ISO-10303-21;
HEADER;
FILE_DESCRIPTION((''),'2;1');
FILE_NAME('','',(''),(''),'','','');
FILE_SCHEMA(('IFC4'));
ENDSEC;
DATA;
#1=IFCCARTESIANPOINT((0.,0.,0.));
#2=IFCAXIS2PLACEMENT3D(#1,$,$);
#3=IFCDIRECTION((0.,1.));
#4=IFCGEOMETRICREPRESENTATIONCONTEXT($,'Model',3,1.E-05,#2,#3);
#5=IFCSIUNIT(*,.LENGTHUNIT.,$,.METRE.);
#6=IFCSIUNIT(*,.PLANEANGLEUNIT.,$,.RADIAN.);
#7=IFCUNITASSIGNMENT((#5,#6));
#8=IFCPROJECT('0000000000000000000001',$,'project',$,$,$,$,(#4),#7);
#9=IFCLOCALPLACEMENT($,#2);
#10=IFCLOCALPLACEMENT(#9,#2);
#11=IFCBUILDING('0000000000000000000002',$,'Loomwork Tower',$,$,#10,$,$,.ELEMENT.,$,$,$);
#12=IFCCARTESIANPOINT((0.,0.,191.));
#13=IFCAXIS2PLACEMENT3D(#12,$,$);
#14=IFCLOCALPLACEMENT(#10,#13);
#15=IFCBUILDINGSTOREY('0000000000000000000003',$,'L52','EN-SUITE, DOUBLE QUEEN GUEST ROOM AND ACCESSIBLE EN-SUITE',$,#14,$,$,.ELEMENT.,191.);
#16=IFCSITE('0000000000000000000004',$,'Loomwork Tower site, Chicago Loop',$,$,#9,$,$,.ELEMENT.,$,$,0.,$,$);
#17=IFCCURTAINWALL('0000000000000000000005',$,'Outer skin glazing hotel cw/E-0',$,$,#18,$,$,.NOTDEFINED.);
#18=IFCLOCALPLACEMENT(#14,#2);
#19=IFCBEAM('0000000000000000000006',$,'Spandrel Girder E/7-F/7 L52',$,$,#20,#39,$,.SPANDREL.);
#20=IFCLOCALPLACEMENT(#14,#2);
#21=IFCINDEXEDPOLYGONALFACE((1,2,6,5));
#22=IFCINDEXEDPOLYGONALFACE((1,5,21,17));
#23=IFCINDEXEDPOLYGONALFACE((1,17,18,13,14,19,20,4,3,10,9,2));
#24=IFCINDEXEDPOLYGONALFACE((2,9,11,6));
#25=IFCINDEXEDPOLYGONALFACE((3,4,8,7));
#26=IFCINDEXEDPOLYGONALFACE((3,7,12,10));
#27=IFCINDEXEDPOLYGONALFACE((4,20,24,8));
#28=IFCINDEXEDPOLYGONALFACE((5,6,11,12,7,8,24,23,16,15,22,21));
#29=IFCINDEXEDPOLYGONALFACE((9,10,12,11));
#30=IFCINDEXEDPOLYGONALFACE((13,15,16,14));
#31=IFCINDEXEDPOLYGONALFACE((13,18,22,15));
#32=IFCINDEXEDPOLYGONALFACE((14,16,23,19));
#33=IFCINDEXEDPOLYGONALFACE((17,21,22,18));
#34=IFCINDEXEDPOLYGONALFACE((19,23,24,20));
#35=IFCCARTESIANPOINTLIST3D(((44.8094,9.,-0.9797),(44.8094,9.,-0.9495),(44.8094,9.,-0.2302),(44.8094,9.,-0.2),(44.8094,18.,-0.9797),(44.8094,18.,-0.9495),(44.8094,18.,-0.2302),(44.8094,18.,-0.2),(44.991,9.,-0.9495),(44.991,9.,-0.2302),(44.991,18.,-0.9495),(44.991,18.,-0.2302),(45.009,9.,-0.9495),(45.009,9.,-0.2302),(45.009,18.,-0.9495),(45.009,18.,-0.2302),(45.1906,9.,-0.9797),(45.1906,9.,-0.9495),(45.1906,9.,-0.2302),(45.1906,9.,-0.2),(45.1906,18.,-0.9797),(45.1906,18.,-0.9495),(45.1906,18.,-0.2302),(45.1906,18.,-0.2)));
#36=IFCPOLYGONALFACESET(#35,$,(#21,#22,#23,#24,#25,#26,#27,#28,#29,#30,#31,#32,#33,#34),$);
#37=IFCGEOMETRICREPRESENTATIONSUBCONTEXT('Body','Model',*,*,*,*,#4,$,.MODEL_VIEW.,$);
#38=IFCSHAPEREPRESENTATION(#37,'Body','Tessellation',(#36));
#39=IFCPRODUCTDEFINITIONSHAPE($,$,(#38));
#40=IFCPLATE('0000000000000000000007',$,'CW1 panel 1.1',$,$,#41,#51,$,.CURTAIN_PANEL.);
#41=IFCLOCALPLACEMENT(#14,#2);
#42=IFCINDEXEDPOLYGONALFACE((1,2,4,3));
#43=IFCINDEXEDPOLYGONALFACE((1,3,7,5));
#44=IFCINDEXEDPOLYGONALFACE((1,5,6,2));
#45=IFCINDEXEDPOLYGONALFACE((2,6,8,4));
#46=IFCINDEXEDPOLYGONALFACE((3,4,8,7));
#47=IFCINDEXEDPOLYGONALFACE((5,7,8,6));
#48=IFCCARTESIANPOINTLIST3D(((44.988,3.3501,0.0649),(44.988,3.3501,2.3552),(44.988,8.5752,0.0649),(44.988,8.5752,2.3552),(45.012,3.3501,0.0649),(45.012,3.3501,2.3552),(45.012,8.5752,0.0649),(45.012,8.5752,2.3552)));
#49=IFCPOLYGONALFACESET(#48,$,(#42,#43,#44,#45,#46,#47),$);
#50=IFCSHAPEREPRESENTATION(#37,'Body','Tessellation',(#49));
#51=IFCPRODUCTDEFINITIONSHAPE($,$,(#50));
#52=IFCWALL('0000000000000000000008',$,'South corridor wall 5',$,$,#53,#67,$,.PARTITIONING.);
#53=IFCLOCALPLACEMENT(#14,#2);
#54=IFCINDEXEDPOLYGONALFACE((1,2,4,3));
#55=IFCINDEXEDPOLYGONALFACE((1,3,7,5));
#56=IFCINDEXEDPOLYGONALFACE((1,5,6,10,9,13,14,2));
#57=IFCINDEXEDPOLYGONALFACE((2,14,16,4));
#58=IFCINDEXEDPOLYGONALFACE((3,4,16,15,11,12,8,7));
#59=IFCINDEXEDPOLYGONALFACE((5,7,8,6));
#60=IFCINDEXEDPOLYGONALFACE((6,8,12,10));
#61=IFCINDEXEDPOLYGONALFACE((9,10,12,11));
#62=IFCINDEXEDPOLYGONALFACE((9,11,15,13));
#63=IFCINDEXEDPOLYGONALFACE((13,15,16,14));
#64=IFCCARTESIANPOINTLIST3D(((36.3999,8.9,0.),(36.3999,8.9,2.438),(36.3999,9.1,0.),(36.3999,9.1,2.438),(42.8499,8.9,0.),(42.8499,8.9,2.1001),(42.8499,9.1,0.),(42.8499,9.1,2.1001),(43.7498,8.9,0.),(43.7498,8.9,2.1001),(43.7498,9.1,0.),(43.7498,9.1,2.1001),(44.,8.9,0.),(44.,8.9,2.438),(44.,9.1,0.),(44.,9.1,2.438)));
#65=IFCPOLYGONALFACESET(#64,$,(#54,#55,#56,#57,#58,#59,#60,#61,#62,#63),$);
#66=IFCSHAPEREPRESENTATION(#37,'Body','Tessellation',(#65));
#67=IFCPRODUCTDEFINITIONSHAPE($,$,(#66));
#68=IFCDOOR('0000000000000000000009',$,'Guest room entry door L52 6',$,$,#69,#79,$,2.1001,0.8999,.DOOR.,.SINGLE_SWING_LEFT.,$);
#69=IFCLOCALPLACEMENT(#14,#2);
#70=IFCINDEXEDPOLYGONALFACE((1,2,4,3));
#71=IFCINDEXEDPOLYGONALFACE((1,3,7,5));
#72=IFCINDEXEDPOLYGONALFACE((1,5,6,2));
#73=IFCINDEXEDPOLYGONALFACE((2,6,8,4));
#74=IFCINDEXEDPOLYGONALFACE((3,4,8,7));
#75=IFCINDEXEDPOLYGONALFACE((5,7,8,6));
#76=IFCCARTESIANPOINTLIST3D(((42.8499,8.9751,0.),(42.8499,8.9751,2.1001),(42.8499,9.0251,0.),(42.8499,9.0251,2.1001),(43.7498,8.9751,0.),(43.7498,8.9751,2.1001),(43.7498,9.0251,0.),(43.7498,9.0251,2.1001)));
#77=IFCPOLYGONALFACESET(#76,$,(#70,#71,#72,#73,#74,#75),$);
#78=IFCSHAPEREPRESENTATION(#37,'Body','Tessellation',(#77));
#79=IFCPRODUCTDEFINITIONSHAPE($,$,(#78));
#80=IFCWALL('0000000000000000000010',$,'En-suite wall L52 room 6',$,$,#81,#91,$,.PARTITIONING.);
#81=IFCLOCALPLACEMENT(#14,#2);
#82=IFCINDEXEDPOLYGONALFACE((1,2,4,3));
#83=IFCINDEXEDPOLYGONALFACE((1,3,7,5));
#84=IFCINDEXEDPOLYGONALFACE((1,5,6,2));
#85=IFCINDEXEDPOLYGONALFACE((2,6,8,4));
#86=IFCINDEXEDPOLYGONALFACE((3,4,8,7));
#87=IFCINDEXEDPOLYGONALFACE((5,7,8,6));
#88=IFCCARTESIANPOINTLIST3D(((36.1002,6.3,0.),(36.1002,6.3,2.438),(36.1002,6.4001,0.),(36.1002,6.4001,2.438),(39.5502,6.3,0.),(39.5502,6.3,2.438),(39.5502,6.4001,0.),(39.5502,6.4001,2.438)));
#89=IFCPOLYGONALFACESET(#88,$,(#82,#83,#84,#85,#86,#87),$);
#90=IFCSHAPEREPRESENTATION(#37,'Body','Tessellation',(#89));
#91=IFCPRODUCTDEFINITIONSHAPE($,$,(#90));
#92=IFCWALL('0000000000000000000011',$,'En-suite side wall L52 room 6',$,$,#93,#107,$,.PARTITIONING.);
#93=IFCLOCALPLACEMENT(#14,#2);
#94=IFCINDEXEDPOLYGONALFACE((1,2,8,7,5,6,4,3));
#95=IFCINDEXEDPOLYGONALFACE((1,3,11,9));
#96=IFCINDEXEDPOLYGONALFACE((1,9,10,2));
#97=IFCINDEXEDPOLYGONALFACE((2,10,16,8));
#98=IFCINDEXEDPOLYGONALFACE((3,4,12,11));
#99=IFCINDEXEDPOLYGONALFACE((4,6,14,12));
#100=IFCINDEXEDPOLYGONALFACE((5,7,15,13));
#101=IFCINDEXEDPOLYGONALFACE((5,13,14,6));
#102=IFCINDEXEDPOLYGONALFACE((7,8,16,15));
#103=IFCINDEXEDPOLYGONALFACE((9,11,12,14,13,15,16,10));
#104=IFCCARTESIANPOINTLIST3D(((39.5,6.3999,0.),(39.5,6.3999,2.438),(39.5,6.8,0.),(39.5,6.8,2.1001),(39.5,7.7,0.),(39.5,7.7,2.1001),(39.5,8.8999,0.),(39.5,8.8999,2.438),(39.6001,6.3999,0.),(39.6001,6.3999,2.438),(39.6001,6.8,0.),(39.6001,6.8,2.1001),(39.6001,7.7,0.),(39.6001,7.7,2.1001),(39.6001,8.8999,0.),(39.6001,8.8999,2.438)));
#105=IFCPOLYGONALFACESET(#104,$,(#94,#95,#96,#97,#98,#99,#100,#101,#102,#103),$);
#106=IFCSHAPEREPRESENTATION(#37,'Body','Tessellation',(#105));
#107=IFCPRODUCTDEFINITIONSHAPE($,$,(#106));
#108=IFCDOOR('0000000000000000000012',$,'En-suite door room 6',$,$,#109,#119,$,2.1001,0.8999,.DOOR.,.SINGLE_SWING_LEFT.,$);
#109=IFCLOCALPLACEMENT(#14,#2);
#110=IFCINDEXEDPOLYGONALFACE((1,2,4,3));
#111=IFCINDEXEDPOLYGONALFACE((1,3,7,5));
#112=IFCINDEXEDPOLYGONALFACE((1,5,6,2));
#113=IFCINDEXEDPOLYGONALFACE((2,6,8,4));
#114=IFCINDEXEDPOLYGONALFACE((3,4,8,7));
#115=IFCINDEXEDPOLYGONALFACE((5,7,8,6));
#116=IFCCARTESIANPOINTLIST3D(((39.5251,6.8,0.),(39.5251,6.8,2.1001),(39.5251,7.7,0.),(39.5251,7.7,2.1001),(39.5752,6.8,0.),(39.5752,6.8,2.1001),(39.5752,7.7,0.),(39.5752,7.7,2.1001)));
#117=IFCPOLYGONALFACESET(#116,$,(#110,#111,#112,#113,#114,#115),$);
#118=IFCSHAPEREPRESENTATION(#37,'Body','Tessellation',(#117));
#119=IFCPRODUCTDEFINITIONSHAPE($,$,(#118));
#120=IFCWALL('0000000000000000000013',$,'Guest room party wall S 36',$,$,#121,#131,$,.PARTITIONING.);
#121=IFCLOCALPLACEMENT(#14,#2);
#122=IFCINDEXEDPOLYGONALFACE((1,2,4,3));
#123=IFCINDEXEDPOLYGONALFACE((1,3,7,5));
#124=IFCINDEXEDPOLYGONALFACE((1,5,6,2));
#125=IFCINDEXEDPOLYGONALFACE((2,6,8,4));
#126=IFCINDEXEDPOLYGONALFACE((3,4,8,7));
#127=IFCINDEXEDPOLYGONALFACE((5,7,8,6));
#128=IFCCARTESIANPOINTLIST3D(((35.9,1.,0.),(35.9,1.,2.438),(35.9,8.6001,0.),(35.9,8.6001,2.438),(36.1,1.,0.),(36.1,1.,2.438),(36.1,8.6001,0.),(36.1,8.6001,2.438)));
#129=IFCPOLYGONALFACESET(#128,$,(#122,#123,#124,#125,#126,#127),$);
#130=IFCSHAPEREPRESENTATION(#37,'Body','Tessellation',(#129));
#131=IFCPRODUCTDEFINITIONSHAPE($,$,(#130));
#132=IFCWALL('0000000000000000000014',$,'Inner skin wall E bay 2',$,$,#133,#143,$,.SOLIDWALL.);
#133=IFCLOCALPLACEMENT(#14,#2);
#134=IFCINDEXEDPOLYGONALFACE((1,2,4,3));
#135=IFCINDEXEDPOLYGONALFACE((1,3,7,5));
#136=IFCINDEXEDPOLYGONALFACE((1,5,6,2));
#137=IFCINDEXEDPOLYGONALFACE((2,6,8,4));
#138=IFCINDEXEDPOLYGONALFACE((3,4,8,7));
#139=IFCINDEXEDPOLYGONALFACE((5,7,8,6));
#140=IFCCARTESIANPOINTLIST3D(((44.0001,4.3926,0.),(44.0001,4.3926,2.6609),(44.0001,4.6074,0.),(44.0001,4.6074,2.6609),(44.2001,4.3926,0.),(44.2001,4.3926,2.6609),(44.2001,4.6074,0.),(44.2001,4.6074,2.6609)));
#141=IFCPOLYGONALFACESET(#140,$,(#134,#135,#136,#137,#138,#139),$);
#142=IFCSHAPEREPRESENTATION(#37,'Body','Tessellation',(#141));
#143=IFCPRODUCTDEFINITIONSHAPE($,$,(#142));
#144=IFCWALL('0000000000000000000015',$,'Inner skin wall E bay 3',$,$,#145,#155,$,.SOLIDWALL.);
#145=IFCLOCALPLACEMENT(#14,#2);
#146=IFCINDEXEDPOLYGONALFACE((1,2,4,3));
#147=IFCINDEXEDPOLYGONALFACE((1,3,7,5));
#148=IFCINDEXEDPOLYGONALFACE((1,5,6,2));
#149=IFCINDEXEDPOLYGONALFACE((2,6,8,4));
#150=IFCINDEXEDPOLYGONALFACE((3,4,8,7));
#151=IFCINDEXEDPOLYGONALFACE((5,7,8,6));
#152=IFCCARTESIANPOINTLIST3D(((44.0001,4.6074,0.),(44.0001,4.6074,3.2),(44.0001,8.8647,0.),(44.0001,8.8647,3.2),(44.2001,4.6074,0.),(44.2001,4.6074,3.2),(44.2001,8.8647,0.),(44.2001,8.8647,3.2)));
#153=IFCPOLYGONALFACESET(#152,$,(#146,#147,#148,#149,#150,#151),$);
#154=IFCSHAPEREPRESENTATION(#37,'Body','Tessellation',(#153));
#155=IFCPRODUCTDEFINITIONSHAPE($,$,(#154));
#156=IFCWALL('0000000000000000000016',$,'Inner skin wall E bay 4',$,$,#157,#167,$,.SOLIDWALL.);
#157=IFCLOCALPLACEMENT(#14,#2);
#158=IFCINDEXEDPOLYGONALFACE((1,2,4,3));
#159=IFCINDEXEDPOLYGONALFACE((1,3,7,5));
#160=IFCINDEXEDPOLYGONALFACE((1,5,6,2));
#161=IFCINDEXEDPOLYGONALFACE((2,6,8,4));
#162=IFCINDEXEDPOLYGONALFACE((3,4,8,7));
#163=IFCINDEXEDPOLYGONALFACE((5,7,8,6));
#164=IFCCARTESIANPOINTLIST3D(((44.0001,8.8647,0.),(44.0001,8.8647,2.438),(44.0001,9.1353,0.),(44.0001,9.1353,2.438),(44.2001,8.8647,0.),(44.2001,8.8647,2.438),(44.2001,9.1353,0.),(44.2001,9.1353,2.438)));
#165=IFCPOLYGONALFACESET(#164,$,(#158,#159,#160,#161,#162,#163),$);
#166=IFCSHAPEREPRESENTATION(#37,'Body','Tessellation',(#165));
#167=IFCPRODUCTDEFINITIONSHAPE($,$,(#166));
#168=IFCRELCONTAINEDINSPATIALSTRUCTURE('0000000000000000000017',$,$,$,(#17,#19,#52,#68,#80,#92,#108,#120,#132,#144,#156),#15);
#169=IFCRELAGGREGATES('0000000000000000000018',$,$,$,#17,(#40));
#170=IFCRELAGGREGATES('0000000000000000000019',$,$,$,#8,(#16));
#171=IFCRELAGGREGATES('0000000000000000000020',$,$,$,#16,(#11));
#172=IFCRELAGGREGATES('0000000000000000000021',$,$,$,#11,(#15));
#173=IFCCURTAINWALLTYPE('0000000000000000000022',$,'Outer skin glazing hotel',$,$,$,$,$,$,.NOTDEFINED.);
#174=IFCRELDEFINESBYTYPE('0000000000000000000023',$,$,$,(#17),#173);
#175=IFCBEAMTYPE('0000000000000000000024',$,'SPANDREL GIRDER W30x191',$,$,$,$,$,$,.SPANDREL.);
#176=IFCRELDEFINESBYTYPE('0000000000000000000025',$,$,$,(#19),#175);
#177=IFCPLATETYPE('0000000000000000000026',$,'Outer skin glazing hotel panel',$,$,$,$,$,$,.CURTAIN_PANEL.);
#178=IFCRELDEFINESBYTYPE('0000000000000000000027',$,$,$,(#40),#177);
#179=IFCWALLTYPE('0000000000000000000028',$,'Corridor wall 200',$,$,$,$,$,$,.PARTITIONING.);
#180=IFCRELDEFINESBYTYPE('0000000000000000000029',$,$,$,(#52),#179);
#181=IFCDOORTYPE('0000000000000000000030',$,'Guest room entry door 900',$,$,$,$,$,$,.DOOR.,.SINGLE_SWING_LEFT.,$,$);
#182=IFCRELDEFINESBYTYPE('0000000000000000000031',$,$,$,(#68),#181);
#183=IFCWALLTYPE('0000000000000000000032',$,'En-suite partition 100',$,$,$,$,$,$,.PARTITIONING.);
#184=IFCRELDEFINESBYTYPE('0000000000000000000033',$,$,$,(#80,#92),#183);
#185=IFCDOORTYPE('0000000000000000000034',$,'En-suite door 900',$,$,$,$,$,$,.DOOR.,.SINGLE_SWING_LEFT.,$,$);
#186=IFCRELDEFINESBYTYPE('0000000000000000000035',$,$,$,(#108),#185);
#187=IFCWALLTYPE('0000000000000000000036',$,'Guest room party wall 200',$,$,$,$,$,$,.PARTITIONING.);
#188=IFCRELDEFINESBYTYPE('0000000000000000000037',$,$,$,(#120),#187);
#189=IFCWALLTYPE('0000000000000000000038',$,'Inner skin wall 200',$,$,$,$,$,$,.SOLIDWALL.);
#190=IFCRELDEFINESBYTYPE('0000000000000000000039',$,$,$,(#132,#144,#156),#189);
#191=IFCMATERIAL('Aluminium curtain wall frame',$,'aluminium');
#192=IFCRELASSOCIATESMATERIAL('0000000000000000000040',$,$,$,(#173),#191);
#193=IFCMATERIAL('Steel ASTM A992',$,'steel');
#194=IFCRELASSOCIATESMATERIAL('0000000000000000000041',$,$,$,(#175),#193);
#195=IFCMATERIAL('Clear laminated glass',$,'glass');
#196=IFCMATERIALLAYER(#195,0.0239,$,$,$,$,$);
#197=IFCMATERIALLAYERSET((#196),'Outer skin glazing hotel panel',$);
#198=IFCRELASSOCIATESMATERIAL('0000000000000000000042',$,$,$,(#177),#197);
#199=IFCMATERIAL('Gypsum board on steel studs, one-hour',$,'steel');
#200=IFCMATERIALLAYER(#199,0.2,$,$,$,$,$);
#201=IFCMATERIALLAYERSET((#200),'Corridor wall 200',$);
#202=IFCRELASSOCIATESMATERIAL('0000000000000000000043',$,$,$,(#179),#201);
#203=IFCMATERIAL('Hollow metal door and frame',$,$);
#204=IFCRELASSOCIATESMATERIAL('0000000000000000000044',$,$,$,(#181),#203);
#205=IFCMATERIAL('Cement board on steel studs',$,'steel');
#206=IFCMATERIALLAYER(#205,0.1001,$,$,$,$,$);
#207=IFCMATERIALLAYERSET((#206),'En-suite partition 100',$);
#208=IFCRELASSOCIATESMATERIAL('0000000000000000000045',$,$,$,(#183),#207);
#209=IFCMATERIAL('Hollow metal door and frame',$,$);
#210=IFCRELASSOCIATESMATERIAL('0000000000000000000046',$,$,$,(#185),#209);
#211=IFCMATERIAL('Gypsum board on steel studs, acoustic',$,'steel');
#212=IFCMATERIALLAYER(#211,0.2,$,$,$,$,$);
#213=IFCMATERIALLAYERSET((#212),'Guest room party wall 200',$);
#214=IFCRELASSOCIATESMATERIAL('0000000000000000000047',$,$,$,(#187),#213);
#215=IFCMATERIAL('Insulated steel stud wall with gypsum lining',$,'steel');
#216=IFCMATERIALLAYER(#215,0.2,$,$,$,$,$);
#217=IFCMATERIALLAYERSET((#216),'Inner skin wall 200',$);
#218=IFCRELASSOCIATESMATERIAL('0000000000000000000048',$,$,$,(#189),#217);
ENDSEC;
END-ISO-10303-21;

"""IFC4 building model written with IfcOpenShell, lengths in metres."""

from ifc_helpers import new_model, si_unit, direction, frame, frame_2d, origin, origin_2d, place, context, subcontext, project, spatial, rectangle, i_section, extrude, material, layer, layer_set, material_profile, profile_set, type_object, element, fill, aggregate, save


model = new_model("IFC4")

# Units and contexts
model_context = context("Model", 3, precision=1e-05, world=origin(), true_north=direction((0.0, 1.0)))
body_context = subcontext(model_context, "Body", "Model", "MODEL_VIEW")
ifc_project = project(units=[si_unit("LENGTHUNIT", "METRE"), si_unit("PLANEANGLEUNIT", "RADIAN")], contexts=[model_context])

# Site, building, storey
site_placement = place(None, origin())
site = spatial("IfcSite", under=ifc_project, at=site_placement, Name="Loomwork Tower site, Chicago Loop", CompositionType="ELEMENT", RefElevation=0.0)
building_placement = place(site_placement, origin())
building = spatial("IfcBuilding", under=site, at=building_placement, Name="Loomwork Tower", CompositionType="ELEMENT")
storey_placement = place(building_placement, frame((0.0, 0.0, 191.0)))
storey = spatial("IfcBuildingStorey", under=building, at=storey_placement, Name="L52", Description="EN-SUITE, DOUBLE QUEEN GUEST ROOM AND ACCESSIBLE EN-SUITE", CompositionType="ELEMENT", Elevation=191.0)

# Curtain wall
ifc_material_1 = material(Name="Aluminium curtain wall frame", Category="aluminium")
curtain_wall_type = type_object("IfcCurtainWallType", Name="Outer skin glazing hotel", PredefinedType="NOTDEFINED", material=ifc_material_1)
curtain_wall_placement = place(storey_placement, origin())
curtain_wall = element("IfcCurtainWall", 1, at=curtain_wall_placement, inside=storey, type_object=curtain_wall_type, Name="Outer skin glazing hotel cw/E-0", PredefinedType="NOTDEFINED")

# Beam
ifc_material_2 = material(Name="Steel ASTM A992", Category="steel")
ifc_material_profile_1 = material_profile(ifc_material_2, i_section(OverallWidth=0.3811, OverallDepth=0.7798, WebThickness=0.0181, FlangeThickness=0.0303, at=origin_2d()), Name="W30x191")
ifc_profile_set_1 = profile_set([ifc_material_profile_1], Name="Steel ASTM A992")
beam_type_1 = type_object("IfcBeamType", Name="SPANDREL GIRDER W30x191", PredefinedType="SPANDREL", material=ifc_profile_set_1)
beam_1_placement = place(storey_placement, frame((45.0, 9.0, -0.5898), z_axis=(0.0, 1.0, 0.0), x_axis=(-1.0, 0.0, 0.0)))
element("IfcBeam", 2, at=beam_1_placement, inside=storey, type_object=beam_type_1, Name="Spandrel Girder E/7-F/7 L52", PredefinedType="SPANDREL", context=body_context, shape_type="SweptSolid", body=[
    extrude(i_section(OverallWidth=0.3811, OverallDepth=0.7798, WebThickness=0.0181, FlangeThickness=0.0303, at=origin_2d()), origin(), (0.0, 0.0, 1.0), 9.0),
])

# Plate
ifc_material_3 = material(Name="Clear laminated glass", Category="glass")
ifc_layer_1 = layer(ifc_material_3, 0.0239)
ifc_layer_set_1 = layer_set([ifc_layer_1], Name="Outer skin glazing hotel panel")
plate_type = type_object("IfcPlateType", Name="Outer skin glazing hotel panel", PredefinedType="CURTAIN_PANEL", material=ifc_layer_set_1)
plate_placement = place(storey_placement, frame((45.0, 5.9626, 0.0649), z_axis=(0.0, 0.0, 1.0), x_axis=(0.0, 1.0, 0.0)))
plate = element("IfcPlate", 3, at=plate_placement, type_object=plate_type, Name="CW1 panel 1.1", PredefinedType="CURTAIN_PANEL", context=body_context, shape_type="SweptSolid", body=[
    extrude(rectangle(XDim=5.2251, YDim=0.0239, at=origin_2d()), origin(), (0.0, 0.0, 1.0), 2.2903),
])
aggregate(curtain_wall, [plate])

# Wall, opening, door
ifc_material_4 = material(Name="Gypsum board on steel studs, one-hour", Category="steel")
ifc_layer_2 = layer(ifc_material_4, 0.2)
ifc_layer_set_2 = layer_set([ifc_layer_2], Name="Corridor wall 200")
wall_type_1 = type_object("IfcWallType", Name="Corridor wall 200", PredefinedType="PARTITIONING", material=ifc_layer_set_2)
wall_1_placement = place(storey_placement, frame((36.3999, 9.0, 0.0), z_axis=(0.0, 0.0, 1.0), x_axis=(1.0, 0.0, 0.0)))
wall_1 = element("IfcWall", 4, at=wall_1_placement, inside=storey, type_object=wall_type_1, Name="South corridor wall 5", PredefinedType="PARTITIONING", context=body_context, shape_type="SweptSolid", body=[
    extrude(rectangle(XDim=7.6001, YDim=0.2, at=frame_2d((3.8, 0.0))), origin(), (0.0, 0.0, 1.0), 2.438),
])
opening_1_placement = place(wall_1_placement, frame((6.45, 0.0, 0.0)))
opening_1 = element("IfcOpeningElement", 5, at=opening_1_placement, cuts=wall_1, PredefinedType="OPENING", context=body_context, shape_type="SweptSolid", body=[
    extrude(rectangle(XDim=0.8999, YDim=2.1001, at=frame_2d((0.45, 1.05))), frame((0.0, 0.1099, 0.0), z_axis=(0.0, -1.0, 0.0), x_axis=(1.0, 0.0, 0.0)), (0.0, 0.0, 1.0), 0.22),
])
ifc_material_5 = material(Name="Hollow metal door and frame")
door_type_1 = type_object("IfcDoorType", Name="Guest room entry door 900", OperationType="SINGLE_SWING_LEFT", PredefinedType="DOOR", material=ifc_material_5)
door_1_placement = place(opening_1_placement, frame((0.8999, 0.0, 0.0), z_axis=(0.0, 0.0, 1.0), x_axis=(-1.0, 0.0, 0.0)))
door_1 = element("IfcDoor", 6, at=door_1_placement, inside=storey, type_object=door_type_1, Name="Guest room entry door L52 6", OperationType="SINGLE_SWING_LEFT", OverallHeight=2.1001, OverallWidth=0.8999, PredefinedType="DOOR", context=body_context, shape_type="SweptSolid", body=[
    extrude(rectangle(XDim=0.8999, YDim=2.1001, at=frame_2d((0.45, 1.05))), frame((0.0, 0.0249, 0.0), z_axis=(0.0, -1.0, 0.0), x_axis=(1.0, 0.0, 0.0)), (0.0, 0.0, 1.0), 0.05),
])
fill(opening_1, door_1)

# Wall
ifc_material_6 = material(Name="Cement board on steel studs", Category="steel")
ifc_layer_3 = layer(ifc_material_6, 0.1001)
ifc_layer_set_3 = layer_set([ifc_layer_3], Name="En-suite partition 100")
wall_type_2 = type_object("IfcWallType", Name="En-suite partition 100", PredefinedType="PARTITIONING", material=ifc_layer_set_3)
wall_2_placement = place(storey_placement, frame((36.1001, 6.3501, 0.0), z_axis=(0.0, 0.0, 1.0), x_axis=(1.0, 0.0, 0.0)))
element("IfcWall", 7, at=wall_2_placement, inside=storey, type_object=wall_type_2, Name="En-suite wall L52 room 6", PredefinedType="PARTITIONING", context=body_context, shape_type="SweptSolid", body=[
    extrude(rectangle(XDim=3.45, YDim=0.1001, at=frame_2d((1.7251, 0.0))), origin(), (0.0, 0.0, 1.0), 2.438),
])

# Wall, opening, door
wall_3_placement = place(storey_placement, frame((39.55, 8.8999, 0.0), z_axis=(0.0, 0.0, 1.0), x_axis=(0.0, -1.0, 0.0)))
wall_3 = element("IfcWall", 8, at=wall_3_placement, inside=storey, type_object=wall_type_2, Name="En-suite side wall L52 room 6", PredefinedType="PARTITIONING", context=body_context, shape_type="SweptSolid", body=[
    extrude(rectangle(XDim=2.5, YDim=0.1001, at=frame_2d((1.25, 0.0))), origin(), (0.0, 0.0, 1.0), 2.438),
])
opening_2_placement = place(wall_3_placement, frame((1.2, 0.0, 0.0)))
opening_2 = element("IfcOpeningElement", 9, at=opening_2_placement, cuts=wall_3, PredefinedType="OPENING", context=body_context, shape_type="SweptSolid", body=[
    extrude(rectangle(XDim=0.8999, YDim=2.1001, at=frame_2d((0.45, 1.05))), frame((0.0, 0.0601, 0.0), z_axis=(0.0, -1.0, 0.0), x_axis=(1.0, 0.0, 0.0)), (0.0, 0.0, 1.0), 0.1201),
])
ifc_material_7 = material(Name="Hollow metal door and frame")
door_type_2 = type_object("IfcDoorType", Name="En-suite door 900", OperationType="SINGLE_SWING_LEFT", PredefinedType="DOOR", material=ifc_material_7)
door_2_placement = place(opening_2_placement, frame((0.8999, 0.0, 0.0), z_axis=(0.0, 0.0, 1.0), x_axis=(-1.0, 0.0, 0.0)))
door_2 = element("IfcDoor", 10, at=door_2_placement, inside=storey, type_object=door_type_2, Name="En-suite door room 6", OperationType="SINGLE_SWING_LEFT", OverallHeight=2.1001, OverallWidth=0.8999, PredefinedType="DOOR", context=body_context, shape_type="SweptSolid", body=[
    extrude(rectangle(XDim=0.8999, YDim=2.1001, at=frame_2d((0.45, 1.05))), frame((0.0, 0.0249, 0.0), z_axis=(0.0, -1.0, 0.0), x_axis=(1.0, 0.0, 0.0)), (0.0, 0.0, 1.0), 0.05),
])
fill(opening_2, door_2)

# Walls
ifc_material_8 = material(Name="Gypsum board on steel studs, acoustic", Category="steel")
ifc_layer_4 = layer(ifc_material_8, 0.2)
ifc_layer_set_4 = layer_set([ifc_layer_4], Name="Guest room party wall 200")
wall_type_3 = type_object("IfcWallType", Name="Guest room party wall 200", PredefinedType="PARTITIONING", material=ifc_layer_set_4)
wall_4_placement = place(storey_placement, frame((36.0, 8.6001, 0.0), z_axis=(0.0, 0.0, 1.0), x_axis=(0.0, -1.0, 0.0)))
element("IfcWall", 11, at=wall_4_placement, inside=storey, type_object=wall_type_3, Name="Guest room party wall S 36", PredefinedType="PARTITIONING", context=body_context, shape_type="SweptSolid", body=[
    extrude(rectangle(XDim=7.6001, YDim=0.2, at=frame_2d((3.8, 0.0))), origin(), (0.0, 0.0, 1.0), 2.438),
])
ifc_material_9 = material(Name="Insulated steel stud wall with gypsum lining", Category="steel")
ifc_layer_5 = layer(ifc_material_9, 0.2)
ifc_layer_set_5 = layer_set([ifc_layer_5], Name="Inner skin wall 200")
wall_type_4 = type_object("IfcWallType", Name="Inner skin wall 200", PredefinedType="SOLIDWALL", material=ifc_layer_set_5)
wall_5_placement = place(storey_placement, frame((44.1001, 4.3926, 0.0), z_axis=(0.0, 0.0, 1.0), x_axis=(0.0, 1.0, 0.0)))
element("IfcWall", 12, at=wall_5_placement, inside=storey, type_object=wall_type_4, Name="Inner skin wall E bay 2", PredefinedType="SOLIDWALL", context=body_context, shape_type="SweptSolid", body=[
    extrude(rectangle(XDim=0.2148, YDim=0.2, at=frame_2d((0.1074, 0.0))), origin(), (0.0, 0.0, 1.0), 2.6609),
])
wall_6_placement = place(storey_placement, frame((44.1001, 4.6074, 0.0), z_axis=(0.0, 0.0, 1.0), x_axis=(0.0, 1.0, 0.0)))
element("IfcWall", 13, at=wall_6_placement, inside=storey, type_object=wall_type_4, Name="Inner skin wall E bay 3", PredefinedType="SOLIDWALL", context=body_context, shape_type="SweptSolid", body=[
    extrude(rectangle(XDim=4.2573, YDim=0.2, at=frame_2d((2.1287, 0.0))), origin(), (0.0, 0.0, 1.0), 3.2),
])
wall_7_placement = place(storey_placement, frame((44.1001, 8.8647, 0.0), z_axis=(0.0, 0.0, 1.0), x_axis=(0.0, 1.0, 0.0)))
element("IfcWall", 14, at=wall_7_placement, inside=storey, type_object=wall_type_4, Name="Inner skin wall E bay 4", PredefinedType="SOLIDWALL", context=body_context, shape_type="SweptSolid", body=[
    extrude(rectangle(XDim=0.2705, YDim=0.2, at=frame_2d((0.1353, 0.0))), origin(), (0.0, 0.0, 1.0), 2.438),
])

save(model, "model.ifc")
